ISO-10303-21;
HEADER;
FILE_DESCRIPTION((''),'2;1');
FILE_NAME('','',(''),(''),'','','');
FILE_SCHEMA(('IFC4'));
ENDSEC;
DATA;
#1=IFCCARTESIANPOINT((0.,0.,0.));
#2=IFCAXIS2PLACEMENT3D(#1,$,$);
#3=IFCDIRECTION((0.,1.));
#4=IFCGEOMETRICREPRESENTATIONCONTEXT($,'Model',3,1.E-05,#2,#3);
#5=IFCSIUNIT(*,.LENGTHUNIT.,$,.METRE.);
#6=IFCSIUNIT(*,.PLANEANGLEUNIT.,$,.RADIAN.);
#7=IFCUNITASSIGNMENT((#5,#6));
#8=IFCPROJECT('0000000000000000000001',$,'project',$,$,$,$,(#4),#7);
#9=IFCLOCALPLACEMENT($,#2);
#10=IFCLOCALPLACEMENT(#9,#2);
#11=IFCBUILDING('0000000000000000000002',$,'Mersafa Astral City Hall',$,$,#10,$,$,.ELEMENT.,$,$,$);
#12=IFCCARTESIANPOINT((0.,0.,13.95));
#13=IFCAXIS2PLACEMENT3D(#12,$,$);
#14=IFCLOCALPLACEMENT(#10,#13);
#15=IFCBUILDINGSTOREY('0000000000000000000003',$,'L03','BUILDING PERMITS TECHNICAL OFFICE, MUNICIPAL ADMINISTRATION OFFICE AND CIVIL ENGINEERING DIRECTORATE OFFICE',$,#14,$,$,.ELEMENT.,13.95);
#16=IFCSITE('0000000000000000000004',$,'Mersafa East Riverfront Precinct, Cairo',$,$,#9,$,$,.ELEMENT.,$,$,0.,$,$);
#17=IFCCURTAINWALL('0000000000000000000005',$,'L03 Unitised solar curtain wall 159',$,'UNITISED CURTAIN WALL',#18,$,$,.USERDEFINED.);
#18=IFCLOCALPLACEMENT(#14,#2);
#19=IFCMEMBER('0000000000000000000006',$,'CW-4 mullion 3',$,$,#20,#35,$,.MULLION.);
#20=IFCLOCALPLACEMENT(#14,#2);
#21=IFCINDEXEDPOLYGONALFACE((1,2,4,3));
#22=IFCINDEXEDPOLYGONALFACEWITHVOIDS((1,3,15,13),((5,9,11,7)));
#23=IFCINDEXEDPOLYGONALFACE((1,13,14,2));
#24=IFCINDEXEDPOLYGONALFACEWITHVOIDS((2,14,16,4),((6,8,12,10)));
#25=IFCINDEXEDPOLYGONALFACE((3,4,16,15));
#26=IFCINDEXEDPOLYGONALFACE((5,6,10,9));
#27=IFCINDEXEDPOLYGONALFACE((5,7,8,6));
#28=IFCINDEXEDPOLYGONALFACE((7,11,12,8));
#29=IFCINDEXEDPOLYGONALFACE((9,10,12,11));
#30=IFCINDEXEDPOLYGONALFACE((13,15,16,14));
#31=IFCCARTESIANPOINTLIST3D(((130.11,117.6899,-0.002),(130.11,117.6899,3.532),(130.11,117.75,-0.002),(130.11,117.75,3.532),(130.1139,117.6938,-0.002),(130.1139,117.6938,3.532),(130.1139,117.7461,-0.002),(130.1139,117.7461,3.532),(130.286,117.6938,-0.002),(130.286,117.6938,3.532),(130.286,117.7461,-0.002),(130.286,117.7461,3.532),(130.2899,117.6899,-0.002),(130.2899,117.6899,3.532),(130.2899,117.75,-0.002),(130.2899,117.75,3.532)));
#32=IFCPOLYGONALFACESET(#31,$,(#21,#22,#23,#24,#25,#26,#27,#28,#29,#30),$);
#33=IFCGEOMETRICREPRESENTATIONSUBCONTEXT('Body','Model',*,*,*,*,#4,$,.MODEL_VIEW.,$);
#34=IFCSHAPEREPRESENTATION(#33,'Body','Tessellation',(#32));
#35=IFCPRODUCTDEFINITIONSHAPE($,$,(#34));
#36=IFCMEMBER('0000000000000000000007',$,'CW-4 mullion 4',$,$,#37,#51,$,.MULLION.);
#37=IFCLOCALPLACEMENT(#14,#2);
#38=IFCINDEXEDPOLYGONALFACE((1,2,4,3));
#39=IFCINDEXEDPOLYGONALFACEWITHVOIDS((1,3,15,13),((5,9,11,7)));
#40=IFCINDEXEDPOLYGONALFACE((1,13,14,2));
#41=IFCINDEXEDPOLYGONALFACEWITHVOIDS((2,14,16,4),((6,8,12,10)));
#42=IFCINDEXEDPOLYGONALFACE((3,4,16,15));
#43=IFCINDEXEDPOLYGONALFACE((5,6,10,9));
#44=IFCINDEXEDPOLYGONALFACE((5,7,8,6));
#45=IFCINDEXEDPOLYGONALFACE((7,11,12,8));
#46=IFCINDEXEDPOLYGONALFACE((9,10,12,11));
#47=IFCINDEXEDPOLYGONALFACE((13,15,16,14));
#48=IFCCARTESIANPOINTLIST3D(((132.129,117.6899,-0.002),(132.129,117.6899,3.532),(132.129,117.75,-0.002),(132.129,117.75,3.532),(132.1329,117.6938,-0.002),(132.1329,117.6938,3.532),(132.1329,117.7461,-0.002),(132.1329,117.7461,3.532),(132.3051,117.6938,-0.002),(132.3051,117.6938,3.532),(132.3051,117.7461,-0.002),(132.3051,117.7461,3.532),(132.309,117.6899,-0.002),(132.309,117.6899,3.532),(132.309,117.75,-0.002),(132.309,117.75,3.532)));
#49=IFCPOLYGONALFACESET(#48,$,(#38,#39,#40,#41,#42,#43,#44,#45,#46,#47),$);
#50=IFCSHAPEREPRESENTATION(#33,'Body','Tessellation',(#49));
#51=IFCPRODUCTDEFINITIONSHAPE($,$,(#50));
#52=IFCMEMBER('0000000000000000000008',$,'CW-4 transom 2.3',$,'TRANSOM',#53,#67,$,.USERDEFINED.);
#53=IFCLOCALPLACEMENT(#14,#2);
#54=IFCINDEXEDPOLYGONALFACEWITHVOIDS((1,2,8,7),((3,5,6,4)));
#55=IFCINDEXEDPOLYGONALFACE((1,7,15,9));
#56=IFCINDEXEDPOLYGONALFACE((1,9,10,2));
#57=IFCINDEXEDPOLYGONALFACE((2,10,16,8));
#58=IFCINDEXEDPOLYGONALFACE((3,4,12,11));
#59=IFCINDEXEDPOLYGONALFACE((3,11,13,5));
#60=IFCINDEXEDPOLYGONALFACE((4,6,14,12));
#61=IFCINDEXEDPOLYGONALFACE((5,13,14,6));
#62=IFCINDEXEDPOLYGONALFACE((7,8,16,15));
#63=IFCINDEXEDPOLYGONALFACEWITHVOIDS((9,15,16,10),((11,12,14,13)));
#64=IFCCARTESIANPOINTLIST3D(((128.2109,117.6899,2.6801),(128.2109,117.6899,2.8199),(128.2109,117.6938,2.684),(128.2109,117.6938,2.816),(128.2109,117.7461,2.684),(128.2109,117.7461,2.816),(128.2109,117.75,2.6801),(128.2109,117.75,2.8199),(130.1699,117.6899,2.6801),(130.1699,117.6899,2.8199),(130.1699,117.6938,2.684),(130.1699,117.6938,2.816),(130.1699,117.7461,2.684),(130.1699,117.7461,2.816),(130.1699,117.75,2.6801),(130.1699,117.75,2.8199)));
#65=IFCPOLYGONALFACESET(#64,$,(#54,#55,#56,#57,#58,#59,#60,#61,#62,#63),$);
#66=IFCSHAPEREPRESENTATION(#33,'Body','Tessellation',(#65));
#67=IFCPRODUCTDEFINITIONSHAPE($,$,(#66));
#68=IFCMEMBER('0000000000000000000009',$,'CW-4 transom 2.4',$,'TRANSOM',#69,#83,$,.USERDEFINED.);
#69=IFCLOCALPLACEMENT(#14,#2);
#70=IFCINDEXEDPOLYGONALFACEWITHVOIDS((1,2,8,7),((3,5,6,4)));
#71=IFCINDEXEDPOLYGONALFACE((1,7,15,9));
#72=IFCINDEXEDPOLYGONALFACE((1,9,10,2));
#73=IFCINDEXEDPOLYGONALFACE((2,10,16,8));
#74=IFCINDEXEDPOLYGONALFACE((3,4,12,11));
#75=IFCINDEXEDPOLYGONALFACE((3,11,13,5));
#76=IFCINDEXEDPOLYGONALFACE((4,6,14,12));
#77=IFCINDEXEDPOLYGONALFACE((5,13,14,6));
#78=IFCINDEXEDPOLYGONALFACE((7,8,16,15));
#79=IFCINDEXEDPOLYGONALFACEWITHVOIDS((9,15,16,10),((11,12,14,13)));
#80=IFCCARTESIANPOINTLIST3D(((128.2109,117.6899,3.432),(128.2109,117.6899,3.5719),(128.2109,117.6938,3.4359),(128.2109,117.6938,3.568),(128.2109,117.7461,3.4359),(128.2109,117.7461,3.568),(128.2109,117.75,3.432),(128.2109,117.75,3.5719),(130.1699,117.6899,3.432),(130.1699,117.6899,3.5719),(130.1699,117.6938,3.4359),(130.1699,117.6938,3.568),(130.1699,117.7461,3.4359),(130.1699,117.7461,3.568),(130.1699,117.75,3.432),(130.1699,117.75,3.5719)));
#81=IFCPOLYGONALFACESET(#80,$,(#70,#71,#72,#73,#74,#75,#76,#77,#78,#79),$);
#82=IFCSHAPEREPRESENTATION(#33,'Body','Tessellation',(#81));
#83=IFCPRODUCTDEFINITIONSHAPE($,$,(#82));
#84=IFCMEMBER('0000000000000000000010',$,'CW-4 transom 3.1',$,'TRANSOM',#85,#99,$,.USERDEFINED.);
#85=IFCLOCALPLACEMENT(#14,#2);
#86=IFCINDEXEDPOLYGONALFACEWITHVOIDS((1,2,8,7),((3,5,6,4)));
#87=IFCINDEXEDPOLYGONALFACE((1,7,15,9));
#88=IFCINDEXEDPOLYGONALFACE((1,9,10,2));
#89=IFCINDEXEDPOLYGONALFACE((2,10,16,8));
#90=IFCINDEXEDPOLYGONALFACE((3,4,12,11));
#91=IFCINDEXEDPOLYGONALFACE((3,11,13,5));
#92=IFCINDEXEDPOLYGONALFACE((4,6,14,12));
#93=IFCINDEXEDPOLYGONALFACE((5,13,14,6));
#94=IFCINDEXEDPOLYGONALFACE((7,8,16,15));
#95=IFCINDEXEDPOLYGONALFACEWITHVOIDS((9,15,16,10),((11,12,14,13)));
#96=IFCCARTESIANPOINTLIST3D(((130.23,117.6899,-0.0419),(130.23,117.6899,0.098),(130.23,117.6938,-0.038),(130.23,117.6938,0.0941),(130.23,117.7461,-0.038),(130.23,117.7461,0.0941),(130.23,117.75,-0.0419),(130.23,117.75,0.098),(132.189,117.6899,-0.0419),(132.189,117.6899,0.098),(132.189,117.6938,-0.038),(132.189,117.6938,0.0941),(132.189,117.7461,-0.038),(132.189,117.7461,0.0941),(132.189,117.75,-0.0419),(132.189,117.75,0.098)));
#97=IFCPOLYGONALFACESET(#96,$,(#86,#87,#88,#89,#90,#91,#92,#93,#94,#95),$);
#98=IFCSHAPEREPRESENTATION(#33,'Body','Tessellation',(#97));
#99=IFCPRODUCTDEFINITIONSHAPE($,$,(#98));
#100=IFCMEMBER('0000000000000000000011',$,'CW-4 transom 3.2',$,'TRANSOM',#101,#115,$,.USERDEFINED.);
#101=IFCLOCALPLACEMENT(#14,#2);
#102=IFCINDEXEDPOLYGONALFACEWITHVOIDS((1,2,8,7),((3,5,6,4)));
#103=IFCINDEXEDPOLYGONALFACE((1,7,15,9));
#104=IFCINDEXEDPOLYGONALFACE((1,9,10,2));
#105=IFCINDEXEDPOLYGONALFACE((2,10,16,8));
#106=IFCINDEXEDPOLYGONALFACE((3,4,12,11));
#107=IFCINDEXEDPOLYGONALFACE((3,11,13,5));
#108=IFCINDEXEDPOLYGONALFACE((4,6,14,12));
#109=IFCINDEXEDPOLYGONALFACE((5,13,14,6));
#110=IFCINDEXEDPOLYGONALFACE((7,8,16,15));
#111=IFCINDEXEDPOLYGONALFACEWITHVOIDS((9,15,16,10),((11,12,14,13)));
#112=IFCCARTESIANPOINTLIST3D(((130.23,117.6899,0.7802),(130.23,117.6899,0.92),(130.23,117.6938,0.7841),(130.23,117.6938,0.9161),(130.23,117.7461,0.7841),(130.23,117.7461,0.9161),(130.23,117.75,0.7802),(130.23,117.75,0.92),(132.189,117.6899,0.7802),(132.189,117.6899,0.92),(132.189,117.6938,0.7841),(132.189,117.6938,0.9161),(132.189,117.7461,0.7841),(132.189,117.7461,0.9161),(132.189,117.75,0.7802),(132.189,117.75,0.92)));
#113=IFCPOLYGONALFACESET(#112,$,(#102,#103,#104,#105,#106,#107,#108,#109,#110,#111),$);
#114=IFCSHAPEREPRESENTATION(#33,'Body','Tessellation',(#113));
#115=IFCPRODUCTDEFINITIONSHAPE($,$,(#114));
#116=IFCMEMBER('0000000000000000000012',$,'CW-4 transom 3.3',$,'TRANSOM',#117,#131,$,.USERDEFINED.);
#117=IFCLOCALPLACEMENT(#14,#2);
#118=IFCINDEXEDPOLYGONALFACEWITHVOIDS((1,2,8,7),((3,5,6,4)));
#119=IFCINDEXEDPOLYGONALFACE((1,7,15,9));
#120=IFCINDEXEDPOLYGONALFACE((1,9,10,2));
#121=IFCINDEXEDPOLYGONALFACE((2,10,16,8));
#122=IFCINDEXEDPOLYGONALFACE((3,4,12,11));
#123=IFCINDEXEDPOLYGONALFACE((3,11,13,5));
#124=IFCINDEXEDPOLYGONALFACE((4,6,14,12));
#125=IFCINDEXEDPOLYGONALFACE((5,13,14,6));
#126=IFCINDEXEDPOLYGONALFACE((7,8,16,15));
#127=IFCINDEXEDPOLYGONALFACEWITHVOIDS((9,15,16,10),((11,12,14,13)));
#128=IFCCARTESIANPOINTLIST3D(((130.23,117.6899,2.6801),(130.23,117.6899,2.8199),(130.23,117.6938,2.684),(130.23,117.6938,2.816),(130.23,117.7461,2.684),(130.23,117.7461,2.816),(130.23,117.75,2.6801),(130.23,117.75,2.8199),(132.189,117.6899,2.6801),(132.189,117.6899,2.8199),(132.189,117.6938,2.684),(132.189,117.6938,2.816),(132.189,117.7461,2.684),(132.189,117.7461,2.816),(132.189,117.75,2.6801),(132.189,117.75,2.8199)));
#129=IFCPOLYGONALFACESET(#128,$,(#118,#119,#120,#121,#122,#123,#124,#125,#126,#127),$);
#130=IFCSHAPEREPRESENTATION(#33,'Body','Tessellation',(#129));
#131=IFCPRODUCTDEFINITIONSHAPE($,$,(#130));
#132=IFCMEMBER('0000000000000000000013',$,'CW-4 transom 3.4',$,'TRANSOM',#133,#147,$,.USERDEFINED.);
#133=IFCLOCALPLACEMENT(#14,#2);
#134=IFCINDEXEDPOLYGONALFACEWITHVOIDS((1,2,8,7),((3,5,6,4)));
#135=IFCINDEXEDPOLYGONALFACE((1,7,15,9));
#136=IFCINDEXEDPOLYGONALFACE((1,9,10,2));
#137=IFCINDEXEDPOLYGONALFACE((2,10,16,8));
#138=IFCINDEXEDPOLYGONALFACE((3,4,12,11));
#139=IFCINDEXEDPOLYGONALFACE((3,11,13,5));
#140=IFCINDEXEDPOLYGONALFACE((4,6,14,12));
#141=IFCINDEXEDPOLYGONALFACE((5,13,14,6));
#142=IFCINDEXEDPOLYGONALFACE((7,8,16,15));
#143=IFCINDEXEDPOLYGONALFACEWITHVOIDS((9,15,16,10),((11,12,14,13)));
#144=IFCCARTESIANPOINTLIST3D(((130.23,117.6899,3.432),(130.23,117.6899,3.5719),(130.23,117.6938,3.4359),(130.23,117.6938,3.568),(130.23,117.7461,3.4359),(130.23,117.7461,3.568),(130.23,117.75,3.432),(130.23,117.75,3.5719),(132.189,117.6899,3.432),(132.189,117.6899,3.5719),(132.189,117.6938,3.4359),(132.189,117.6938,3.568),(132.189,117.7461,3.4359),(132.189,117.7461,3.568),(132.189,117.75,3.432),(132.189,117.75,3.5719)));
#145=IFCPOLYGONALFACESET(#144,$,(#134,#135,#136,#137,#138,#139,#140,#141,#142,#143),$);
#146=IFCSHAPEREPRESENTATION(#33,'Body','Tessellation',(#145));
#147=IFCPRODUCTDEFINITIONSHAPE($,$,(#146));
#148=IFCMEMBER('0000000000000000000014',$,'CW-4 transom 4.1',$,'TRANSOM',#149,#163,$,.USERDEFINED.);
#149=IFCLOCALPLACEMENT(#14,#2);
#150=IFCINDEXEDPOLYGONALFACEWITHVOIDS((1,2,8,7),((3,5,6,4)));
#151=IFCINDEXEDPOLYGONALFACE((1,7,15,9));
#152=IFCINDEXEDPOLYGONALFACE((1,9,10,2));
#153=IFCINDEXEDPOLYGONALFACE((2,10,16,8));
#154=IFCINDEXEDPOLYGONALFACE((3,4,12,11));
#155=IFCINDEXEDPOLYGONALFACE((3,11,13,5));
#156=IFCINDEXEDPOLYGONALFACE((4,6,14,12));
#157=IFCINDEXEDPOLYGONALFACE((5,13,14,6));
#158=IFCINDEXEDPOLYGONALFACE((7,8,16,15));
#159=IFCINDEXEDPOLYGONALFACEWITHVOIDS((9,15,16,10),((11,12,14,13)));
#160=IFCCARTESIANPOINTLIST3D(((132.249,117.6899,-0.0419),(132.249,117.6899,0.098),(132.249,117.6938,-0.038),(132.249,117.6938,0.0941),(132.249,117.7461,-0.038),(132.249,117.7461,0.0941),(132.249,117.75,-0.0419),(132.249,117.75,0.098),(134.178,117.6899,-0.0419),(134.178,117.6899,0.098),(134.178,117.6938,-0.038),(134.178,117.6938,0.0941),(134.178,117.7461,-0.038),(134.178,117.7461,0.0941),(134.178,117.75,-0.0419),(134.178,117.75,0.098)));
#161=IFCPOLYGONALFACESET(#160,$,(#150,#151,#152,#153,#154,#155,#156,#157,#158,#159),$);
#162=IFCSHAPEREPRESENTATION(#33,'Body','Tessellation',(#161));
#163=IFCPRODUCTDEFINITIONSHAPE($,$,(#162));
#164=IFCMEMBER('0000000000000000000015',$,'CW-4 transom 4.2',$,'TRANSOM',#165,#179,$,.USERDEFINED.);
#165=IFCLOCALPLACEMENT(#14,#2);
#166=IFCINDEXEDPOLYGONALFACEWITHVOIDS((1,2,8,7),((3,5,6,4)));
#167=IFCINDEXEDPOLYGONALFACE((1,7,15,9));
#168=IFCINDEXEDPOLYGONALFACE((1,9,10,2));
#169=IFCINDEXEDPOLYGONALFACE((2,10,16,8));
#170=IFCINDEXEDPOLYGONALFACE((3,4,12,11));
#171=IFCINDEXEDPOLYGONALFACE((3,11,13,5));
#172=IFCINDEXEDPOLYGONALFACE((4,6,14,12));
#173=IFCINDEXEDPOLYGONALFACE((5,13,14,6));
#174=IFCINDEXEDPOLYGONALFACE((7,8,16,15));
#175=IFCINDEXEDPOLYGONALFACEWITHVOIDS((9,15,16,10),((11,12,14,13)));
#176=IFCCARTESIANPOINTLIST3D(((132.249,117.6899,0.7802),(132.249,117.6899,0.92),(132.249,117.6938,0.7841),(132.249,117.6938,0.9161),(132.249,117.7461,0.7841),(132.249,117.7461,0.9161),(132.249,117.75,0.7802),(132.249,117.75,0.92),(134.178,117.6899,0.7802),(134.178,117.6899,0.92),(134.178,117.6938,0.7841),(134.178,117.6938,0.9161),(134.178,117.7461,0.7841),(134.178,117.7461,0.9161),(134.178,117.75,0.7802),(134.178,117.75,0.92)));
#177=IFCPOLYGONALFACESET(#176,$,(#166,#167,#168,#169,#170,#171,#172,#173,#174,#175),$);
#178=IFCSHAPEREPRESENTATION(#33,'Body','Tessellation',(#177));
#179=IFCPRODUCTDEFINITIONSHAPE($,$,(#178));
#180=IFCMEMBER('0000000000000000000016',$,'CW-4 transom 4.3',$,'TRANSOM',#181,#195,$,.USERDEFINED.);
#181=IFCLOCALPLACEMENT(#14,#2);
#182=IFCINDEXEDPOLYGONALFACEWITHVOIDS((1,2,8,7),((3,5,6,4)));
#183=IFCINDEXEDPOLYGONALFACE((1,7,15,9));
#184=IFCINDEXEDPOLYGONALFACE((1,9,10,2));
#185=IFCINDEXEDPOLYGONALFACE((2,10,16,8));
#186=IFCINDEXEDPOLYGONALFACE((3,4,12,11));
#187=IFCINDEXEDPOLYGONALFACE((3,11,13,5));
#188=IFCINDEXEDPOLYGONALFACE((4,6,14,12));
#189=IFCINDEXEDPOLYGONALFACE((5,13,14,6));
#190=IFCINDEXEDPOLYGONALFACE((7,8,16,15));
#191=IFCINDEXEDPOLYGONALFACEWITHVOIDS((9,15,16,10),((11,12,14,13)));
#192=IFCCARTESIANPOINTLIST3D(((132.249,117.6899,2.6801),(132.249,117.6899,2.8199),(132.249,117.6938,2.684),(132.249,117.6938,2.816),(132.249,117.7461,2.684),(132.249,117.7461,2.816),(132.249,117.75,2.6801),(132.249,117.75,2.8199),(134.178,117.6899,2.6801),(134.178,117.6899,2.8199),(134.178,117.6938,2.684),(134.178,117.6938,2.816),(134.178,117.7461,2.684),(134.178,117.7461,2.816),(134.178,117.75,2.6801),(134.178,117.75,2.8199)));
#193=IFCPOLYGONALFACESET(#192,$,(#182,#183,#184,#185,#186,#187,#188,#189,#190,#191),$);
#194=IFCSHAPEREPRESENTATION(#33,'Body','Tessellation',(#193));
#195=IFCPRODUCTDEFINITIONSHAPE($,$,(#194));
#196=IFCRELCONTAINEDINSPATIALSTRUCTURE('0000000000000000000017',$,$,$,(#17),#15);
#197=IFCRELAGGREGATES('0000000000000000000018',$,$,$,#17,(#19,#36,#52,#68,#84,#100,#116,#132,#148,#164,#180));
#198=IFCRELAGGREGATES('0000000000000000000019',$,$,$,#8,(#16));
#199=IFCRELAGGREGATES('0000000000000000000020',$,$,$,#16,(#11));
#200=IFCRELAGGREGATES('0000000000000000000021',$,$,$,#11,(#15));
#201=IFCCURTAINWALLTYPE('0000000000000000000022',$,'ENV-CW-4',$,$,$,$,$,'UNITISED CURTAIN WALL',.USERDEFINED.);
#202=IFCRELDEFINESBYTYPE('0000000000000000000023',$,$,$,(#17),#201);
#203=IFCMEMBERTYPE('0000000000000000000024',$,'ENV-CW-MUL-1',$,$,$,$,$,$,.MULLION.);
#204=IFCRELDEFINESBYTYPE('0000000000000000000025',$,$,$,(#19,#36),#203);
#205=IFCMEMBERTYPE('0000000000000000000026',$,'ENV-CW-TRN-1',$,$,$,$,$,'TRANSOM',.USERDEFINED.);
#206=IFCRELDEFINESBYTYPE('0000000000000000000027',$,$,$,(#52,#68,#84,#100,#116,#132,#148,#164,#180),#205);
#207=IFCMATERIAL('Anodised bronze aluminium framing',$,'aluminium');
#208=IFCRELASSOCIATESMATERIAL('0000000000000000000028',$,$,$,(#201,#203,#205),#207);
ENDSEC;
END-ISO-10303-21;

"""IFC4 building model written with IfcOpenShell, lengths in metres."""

from ifc_helpers import new_model, si_unit, direction, frame, origin, origin_2d, place, context, subcontext, project, spatial, hollow_rectangle, extrude, material, material_profile, profile_set, type_object, element, aggregate, save


model = new_model("IFC4")

# Units and contexts
model_context = context("Model", 3, precision=1e-05, world=origin(), true_north=direction((0.0, 1.0)))
body_context = subcontext(model_context, "Body", "Model", "MODEL_VIEW")
ifc_project = project(units=[si_unit("LENGTHUNIT", "METRE"), si_unit("PLANEANGLEUNIT", "RADIAN")], contexts=[model_context])

# Site, building, storey
site_placement = place(None, origin())
site = spatial("IfcSite", under=ifc_project, at=site_placement, Name="Mersafa East Riverfront Precinct, Cairo", CompositionType="ELEMENT", RefElevation=0.0)
building_placement = place(site_placement, origin())
building = spatial("IfcBuilding", under=site, at=building_placement, Name="Mersafa Astral City Hall", CompositionType="ELEMENT")
storey_placement = place(building_placement, frame((0.0, 0.0, 13.95)))
storey = spatial("IfcBuildingStorey", under=building, at=storey_placement, Name="L03", Description="BUILDING PERMITS TECHNICAL OFFICE, MUNICIPAL ADMINISTRATION OFFICE AND CIVIL ENGINEERING DIRECTORATE OFFICE", CompositionType="ELEMENT", Elevation=13.95)

# Curtain wall, members
ifc_material_1 = material(Name="Anodised bronze aluminium framing", Category="aluminium")
curtain_wall_type = type_object("IfcCurtainWallType", Name="ENV-CW-4", ElementType="UNITISED CURTAIN WALL", PredefinedType="USERDEFINED", material=ifc_material_1)
curtain_wall_placement = place(storey_placement, origin())
curtain_wall = element("IfcCurtainWall", 1, at=curtain_wall_placement, inside=storey, type_object=curtain_wall_type, Name="L03 Unitised solar curtain wall 159", ObjectType="UNITISED CURTAIN WALL", PredefinedType="USERDEFINED")
ifc_material_profile_1 = material_profile(ifc_material_1, hollow_rectangle(XDim=0.0601, YDim=0.1799, WallThickness=0.0039, at=origin_2d()), Name="RHS 60x180x4")
ifc_profile_set_1 = profile_set([ifc_material_profile_1], Name="Anodised bronze aluminium framing")
member_type_1 = type_object("IfcMemberType", Name="ENV-CW-MUL-1", PredefinedType="MULLION", material=ifc_profile_set_1)
member_1_placement = place(storey_placement, frame((130.2, 117.72, -0.002), z_axis=(0.0, 0.0, 1.0), x_axis=(0.0, 1.0, 0.0)))
member_1 = element("IfcMember", 2, at=member_1_placement, type_object=member_type_1, Name="CW-4 mullion 3", PredefinedType="MULLION", context=body_context, shape_type="SweptSolid", body=[
    extrude(hollow_rectangle(XDim=0.0601, YDim=0.1799, WallThickness=0.0039, at=origin_2d()), origin(), (0.0, 0.0, 1.0), 3.5339),
])
member_2_placement = place(storey_placement, frame((132.219, 117.72, -0.002), z_axis=(0.0, 0.0, 1.0), x_axis=(0.0, 1.0, 0.0)))
member_2 = element("IfcMember", 3, at=member_2_placement, type_object=member_type_1, Name="CW-4 mullion 4", PredefinedType="MULLION", context=body_context, shape_type="SweptSolid", body=[
    extrude(hollow_rectangle(XDim=0.0601, YDim=0.1799, WallThickness=0.0039, at=origin_2d()), origin(), (0.0, 0.0, 1.0), 3.5339),
])
ifc_material_profile_2 = material_profile(ifc_material_1, hollow_rectangle(XDim=0.0601, YDim=0.1399, WallThickness=0.0039, at=origin_2d()), Name="RHS 60x140x4")
ifc_profile_set_2 = profile_set([ifc_material_profile_2], Name="Anodised bronze aluminium framing")
member_type_2 = type_object("IfcMemberType", Name="ENV-CW-TRN-1", ElementType="TRANSOM", PredefinedType="USERDEFINED", material=ifc_profile_set_2)
member_3_placement = place(storey_placement, frame((128.2109, 117.72, 2.75), z_axis=(1.0, 0.0, 0.0), x_axis=(0.0, 1.0, 0.0)))
member_3 = element("IfcMember", 4, at=member_3_placement, type_object=member_type_2, Name="CW-4 transom 2.3", ObjectType="TRANSOM", PredefinedType="USERDEFINED", context=body_context, shape_type="SweptSolid", body=[
    extrude(hollow_rectangle(XDim=0.0601, YDim=0.1399, WallThickness=0.0039, at=origin_2d()), origin(), (0.0, 0.0, 1.0), 1.959),
])
member_4_placement = place(storey_placement, frame((128.2109, 117.72, 3.502), z_axis=(1.0, 0.0, 0.0), x_axis=(0.0, 1.0, 0.0)))
member_4 = element("IfcMember", 5, at=member_4_placement, type_object=member_type_2, Name="CW-4 transom 2.4", ObjectType="TRANSOM", PredefinedType="USERDEFINED", context=body_context, shape_type="SweptSolid", body=[
    extrude(hollow_rectangle(XDim=0.0601, YDim=0.1399, WallThickness=0.0039, at=origin_2d()), origin(), (0.0, 0.0, 1.0), 1.959),
])
member_5_placement = place(storey_placement, frame((130.23, 117.72, 0.0281), z_axis=(1.0, 0.0, 0.0), x_axis=(0.0, 1.0, 0.0)))
member_5 = element("IfcMember", 6, at=member_5_placement, type_object=member_type_2, Name="CW-4 transom 3.1", ObjectType="TRANSOM", PredefinedType="USERDEFINED", context=body_context, shape_type="SweptSolid", body=[
    extrude(hollow_rectangle(XDim=0.0601, YDim=0.1399, WallThickness=0.0039, at=origin_2d()), origin(), (0.0, 0.0, 1.0), 1.959),
])
member_6_placement = place(storey_placement, frame((130.23, 117.72, 0.8501), z_axis=(1.0, 0.0, 0.0), x_axis=(0.0, 1.0, 0.0)))
member_6 = element("IfcMember", 7, at=member_6_placement, type_object=member_type_2, Name="CW-4 transom 3.2", ObjectType="TRANSOM", PredefinedType="USERDEFINED", context=body_context, shape_type="SweptSolid", body=[
    extrude(hollow_rectangle(XDim=0.0601, YDim=0.1399, WallThickness=0.0039, at=origin_2d()), origin(), (0.0, 0.0, 1.0), 1.959),
])
member_7_placement = place(storey_placement, frame((130.23, 117.72, 2.75), z_axis=(1.0, 0.0, 0.0), x_axis=(0.0, 1.0, 0.0)))
member_7 = element("IfcMember", 8, at=member_7_placement, type_object=member_type_2, Name="CW-4 transom 3.3", ObjectType="TRANSOM", PredefinedType="USERDEFINED", context=body_context, shape_type="SweptSolid", body=[
    extrude(hollow_rectangle(XDim=0.0601, YDim=0.1399, WallThickness=0.0039, at=origin_2d()), origin(), (0.0, 0.0, 1.0), 1.959),
])
member_8_placement = place(storey_placement, frame((130.23, 117.72, 3.502), z_axis=(1.0, 0.0, 0.0), x_axis=(0.0, 1.0, 0.0)))
member_8 = element("IfcMember", 9, at=member_8_placement, type_object=member_type_2, Name="CW-4 transom 3.4", ObjectType="TRANSOM", PredefinedType="USERDEFINED", context=body_context, shape_type="SweptSolid", body=[
    extrude(hollow_rectangle(XDim=0.0601, YDim=0.1399, WallThickness=0.0039, at=origin_2d()), origin(), (0.0, 0.0, 1.0), 1.959),
])
member_9_placement = place(storey_placement, frame((132.249, 117.72, 0.0281), z_axis=(1.0, 0.0, 0.0), x_axis=(0.0, 1.0, 0.0)))
member_9 = element("IfcMember", 10, at=member_9_placement, type_object=member_type_2, Name="CW-4 transom 4.1", ObjectType="TRANSOM", PredefinedType="USERDEFINED", context=body_context, shape_type="SweptSolid", body=[
    extrude(hollow_rectangle(XDim=0.0601, YDim=0.1399, WallThickness=0.0039, at=origin_2d()), origin(), (0.0, 0.0, 1.0), 1.929),
])
member_10_placement = place(storey_placement, frame((132.249, 117.72, 0.8501), z_axis=(1.0, 0.0, 0.0), x_axis=(0.0, 1.0, 0.0)))
member_10 = element("IfcMember", 11, at=member_10_placement, type_object=member_type_2, Name="CW-4 transom 4.2", ObjectType="TRANSOM", PredefinedType="USERDEFINED", context=body_context, shape_type="SweptSolid", body=[
    extrude(hollow_rectangle(XDim=0.0601, YDim=0.1399, WallThickness=0.0039, at=origin_2d()), origin(), (0.0, 0.0, 1.0), 1.929),
])
member_11_placement = place(storey_placement, frame((132.249, 117.72, 2.75), z_axis=(1.0, 0.0, 0.0), x_axis=(0.0, 1.0, 0.0)))
member_11 = element("IfcMember", 12, at=member_11_placement, type_object=member_type_2, Name="CW-4 transom 4.3", ObjectType="TRANSOM", PredefinedType="USERDEFINED", context=body_context, shape_type="SweptSolid", body=[
    extrude(hollow_rectangle(XDim=0.0601, YDim=0.1399, WallThickness=0.0039, at=origin_2d()), origin(), (0.0, 0.0, 1.0), 1.929),
])
aggregate(curtain_wall, [member_1, member_2, member_3, member_4, member_5, member_6, member_7, member_8, member_9, member_10, member_11])

save(model, "model.ifc")
